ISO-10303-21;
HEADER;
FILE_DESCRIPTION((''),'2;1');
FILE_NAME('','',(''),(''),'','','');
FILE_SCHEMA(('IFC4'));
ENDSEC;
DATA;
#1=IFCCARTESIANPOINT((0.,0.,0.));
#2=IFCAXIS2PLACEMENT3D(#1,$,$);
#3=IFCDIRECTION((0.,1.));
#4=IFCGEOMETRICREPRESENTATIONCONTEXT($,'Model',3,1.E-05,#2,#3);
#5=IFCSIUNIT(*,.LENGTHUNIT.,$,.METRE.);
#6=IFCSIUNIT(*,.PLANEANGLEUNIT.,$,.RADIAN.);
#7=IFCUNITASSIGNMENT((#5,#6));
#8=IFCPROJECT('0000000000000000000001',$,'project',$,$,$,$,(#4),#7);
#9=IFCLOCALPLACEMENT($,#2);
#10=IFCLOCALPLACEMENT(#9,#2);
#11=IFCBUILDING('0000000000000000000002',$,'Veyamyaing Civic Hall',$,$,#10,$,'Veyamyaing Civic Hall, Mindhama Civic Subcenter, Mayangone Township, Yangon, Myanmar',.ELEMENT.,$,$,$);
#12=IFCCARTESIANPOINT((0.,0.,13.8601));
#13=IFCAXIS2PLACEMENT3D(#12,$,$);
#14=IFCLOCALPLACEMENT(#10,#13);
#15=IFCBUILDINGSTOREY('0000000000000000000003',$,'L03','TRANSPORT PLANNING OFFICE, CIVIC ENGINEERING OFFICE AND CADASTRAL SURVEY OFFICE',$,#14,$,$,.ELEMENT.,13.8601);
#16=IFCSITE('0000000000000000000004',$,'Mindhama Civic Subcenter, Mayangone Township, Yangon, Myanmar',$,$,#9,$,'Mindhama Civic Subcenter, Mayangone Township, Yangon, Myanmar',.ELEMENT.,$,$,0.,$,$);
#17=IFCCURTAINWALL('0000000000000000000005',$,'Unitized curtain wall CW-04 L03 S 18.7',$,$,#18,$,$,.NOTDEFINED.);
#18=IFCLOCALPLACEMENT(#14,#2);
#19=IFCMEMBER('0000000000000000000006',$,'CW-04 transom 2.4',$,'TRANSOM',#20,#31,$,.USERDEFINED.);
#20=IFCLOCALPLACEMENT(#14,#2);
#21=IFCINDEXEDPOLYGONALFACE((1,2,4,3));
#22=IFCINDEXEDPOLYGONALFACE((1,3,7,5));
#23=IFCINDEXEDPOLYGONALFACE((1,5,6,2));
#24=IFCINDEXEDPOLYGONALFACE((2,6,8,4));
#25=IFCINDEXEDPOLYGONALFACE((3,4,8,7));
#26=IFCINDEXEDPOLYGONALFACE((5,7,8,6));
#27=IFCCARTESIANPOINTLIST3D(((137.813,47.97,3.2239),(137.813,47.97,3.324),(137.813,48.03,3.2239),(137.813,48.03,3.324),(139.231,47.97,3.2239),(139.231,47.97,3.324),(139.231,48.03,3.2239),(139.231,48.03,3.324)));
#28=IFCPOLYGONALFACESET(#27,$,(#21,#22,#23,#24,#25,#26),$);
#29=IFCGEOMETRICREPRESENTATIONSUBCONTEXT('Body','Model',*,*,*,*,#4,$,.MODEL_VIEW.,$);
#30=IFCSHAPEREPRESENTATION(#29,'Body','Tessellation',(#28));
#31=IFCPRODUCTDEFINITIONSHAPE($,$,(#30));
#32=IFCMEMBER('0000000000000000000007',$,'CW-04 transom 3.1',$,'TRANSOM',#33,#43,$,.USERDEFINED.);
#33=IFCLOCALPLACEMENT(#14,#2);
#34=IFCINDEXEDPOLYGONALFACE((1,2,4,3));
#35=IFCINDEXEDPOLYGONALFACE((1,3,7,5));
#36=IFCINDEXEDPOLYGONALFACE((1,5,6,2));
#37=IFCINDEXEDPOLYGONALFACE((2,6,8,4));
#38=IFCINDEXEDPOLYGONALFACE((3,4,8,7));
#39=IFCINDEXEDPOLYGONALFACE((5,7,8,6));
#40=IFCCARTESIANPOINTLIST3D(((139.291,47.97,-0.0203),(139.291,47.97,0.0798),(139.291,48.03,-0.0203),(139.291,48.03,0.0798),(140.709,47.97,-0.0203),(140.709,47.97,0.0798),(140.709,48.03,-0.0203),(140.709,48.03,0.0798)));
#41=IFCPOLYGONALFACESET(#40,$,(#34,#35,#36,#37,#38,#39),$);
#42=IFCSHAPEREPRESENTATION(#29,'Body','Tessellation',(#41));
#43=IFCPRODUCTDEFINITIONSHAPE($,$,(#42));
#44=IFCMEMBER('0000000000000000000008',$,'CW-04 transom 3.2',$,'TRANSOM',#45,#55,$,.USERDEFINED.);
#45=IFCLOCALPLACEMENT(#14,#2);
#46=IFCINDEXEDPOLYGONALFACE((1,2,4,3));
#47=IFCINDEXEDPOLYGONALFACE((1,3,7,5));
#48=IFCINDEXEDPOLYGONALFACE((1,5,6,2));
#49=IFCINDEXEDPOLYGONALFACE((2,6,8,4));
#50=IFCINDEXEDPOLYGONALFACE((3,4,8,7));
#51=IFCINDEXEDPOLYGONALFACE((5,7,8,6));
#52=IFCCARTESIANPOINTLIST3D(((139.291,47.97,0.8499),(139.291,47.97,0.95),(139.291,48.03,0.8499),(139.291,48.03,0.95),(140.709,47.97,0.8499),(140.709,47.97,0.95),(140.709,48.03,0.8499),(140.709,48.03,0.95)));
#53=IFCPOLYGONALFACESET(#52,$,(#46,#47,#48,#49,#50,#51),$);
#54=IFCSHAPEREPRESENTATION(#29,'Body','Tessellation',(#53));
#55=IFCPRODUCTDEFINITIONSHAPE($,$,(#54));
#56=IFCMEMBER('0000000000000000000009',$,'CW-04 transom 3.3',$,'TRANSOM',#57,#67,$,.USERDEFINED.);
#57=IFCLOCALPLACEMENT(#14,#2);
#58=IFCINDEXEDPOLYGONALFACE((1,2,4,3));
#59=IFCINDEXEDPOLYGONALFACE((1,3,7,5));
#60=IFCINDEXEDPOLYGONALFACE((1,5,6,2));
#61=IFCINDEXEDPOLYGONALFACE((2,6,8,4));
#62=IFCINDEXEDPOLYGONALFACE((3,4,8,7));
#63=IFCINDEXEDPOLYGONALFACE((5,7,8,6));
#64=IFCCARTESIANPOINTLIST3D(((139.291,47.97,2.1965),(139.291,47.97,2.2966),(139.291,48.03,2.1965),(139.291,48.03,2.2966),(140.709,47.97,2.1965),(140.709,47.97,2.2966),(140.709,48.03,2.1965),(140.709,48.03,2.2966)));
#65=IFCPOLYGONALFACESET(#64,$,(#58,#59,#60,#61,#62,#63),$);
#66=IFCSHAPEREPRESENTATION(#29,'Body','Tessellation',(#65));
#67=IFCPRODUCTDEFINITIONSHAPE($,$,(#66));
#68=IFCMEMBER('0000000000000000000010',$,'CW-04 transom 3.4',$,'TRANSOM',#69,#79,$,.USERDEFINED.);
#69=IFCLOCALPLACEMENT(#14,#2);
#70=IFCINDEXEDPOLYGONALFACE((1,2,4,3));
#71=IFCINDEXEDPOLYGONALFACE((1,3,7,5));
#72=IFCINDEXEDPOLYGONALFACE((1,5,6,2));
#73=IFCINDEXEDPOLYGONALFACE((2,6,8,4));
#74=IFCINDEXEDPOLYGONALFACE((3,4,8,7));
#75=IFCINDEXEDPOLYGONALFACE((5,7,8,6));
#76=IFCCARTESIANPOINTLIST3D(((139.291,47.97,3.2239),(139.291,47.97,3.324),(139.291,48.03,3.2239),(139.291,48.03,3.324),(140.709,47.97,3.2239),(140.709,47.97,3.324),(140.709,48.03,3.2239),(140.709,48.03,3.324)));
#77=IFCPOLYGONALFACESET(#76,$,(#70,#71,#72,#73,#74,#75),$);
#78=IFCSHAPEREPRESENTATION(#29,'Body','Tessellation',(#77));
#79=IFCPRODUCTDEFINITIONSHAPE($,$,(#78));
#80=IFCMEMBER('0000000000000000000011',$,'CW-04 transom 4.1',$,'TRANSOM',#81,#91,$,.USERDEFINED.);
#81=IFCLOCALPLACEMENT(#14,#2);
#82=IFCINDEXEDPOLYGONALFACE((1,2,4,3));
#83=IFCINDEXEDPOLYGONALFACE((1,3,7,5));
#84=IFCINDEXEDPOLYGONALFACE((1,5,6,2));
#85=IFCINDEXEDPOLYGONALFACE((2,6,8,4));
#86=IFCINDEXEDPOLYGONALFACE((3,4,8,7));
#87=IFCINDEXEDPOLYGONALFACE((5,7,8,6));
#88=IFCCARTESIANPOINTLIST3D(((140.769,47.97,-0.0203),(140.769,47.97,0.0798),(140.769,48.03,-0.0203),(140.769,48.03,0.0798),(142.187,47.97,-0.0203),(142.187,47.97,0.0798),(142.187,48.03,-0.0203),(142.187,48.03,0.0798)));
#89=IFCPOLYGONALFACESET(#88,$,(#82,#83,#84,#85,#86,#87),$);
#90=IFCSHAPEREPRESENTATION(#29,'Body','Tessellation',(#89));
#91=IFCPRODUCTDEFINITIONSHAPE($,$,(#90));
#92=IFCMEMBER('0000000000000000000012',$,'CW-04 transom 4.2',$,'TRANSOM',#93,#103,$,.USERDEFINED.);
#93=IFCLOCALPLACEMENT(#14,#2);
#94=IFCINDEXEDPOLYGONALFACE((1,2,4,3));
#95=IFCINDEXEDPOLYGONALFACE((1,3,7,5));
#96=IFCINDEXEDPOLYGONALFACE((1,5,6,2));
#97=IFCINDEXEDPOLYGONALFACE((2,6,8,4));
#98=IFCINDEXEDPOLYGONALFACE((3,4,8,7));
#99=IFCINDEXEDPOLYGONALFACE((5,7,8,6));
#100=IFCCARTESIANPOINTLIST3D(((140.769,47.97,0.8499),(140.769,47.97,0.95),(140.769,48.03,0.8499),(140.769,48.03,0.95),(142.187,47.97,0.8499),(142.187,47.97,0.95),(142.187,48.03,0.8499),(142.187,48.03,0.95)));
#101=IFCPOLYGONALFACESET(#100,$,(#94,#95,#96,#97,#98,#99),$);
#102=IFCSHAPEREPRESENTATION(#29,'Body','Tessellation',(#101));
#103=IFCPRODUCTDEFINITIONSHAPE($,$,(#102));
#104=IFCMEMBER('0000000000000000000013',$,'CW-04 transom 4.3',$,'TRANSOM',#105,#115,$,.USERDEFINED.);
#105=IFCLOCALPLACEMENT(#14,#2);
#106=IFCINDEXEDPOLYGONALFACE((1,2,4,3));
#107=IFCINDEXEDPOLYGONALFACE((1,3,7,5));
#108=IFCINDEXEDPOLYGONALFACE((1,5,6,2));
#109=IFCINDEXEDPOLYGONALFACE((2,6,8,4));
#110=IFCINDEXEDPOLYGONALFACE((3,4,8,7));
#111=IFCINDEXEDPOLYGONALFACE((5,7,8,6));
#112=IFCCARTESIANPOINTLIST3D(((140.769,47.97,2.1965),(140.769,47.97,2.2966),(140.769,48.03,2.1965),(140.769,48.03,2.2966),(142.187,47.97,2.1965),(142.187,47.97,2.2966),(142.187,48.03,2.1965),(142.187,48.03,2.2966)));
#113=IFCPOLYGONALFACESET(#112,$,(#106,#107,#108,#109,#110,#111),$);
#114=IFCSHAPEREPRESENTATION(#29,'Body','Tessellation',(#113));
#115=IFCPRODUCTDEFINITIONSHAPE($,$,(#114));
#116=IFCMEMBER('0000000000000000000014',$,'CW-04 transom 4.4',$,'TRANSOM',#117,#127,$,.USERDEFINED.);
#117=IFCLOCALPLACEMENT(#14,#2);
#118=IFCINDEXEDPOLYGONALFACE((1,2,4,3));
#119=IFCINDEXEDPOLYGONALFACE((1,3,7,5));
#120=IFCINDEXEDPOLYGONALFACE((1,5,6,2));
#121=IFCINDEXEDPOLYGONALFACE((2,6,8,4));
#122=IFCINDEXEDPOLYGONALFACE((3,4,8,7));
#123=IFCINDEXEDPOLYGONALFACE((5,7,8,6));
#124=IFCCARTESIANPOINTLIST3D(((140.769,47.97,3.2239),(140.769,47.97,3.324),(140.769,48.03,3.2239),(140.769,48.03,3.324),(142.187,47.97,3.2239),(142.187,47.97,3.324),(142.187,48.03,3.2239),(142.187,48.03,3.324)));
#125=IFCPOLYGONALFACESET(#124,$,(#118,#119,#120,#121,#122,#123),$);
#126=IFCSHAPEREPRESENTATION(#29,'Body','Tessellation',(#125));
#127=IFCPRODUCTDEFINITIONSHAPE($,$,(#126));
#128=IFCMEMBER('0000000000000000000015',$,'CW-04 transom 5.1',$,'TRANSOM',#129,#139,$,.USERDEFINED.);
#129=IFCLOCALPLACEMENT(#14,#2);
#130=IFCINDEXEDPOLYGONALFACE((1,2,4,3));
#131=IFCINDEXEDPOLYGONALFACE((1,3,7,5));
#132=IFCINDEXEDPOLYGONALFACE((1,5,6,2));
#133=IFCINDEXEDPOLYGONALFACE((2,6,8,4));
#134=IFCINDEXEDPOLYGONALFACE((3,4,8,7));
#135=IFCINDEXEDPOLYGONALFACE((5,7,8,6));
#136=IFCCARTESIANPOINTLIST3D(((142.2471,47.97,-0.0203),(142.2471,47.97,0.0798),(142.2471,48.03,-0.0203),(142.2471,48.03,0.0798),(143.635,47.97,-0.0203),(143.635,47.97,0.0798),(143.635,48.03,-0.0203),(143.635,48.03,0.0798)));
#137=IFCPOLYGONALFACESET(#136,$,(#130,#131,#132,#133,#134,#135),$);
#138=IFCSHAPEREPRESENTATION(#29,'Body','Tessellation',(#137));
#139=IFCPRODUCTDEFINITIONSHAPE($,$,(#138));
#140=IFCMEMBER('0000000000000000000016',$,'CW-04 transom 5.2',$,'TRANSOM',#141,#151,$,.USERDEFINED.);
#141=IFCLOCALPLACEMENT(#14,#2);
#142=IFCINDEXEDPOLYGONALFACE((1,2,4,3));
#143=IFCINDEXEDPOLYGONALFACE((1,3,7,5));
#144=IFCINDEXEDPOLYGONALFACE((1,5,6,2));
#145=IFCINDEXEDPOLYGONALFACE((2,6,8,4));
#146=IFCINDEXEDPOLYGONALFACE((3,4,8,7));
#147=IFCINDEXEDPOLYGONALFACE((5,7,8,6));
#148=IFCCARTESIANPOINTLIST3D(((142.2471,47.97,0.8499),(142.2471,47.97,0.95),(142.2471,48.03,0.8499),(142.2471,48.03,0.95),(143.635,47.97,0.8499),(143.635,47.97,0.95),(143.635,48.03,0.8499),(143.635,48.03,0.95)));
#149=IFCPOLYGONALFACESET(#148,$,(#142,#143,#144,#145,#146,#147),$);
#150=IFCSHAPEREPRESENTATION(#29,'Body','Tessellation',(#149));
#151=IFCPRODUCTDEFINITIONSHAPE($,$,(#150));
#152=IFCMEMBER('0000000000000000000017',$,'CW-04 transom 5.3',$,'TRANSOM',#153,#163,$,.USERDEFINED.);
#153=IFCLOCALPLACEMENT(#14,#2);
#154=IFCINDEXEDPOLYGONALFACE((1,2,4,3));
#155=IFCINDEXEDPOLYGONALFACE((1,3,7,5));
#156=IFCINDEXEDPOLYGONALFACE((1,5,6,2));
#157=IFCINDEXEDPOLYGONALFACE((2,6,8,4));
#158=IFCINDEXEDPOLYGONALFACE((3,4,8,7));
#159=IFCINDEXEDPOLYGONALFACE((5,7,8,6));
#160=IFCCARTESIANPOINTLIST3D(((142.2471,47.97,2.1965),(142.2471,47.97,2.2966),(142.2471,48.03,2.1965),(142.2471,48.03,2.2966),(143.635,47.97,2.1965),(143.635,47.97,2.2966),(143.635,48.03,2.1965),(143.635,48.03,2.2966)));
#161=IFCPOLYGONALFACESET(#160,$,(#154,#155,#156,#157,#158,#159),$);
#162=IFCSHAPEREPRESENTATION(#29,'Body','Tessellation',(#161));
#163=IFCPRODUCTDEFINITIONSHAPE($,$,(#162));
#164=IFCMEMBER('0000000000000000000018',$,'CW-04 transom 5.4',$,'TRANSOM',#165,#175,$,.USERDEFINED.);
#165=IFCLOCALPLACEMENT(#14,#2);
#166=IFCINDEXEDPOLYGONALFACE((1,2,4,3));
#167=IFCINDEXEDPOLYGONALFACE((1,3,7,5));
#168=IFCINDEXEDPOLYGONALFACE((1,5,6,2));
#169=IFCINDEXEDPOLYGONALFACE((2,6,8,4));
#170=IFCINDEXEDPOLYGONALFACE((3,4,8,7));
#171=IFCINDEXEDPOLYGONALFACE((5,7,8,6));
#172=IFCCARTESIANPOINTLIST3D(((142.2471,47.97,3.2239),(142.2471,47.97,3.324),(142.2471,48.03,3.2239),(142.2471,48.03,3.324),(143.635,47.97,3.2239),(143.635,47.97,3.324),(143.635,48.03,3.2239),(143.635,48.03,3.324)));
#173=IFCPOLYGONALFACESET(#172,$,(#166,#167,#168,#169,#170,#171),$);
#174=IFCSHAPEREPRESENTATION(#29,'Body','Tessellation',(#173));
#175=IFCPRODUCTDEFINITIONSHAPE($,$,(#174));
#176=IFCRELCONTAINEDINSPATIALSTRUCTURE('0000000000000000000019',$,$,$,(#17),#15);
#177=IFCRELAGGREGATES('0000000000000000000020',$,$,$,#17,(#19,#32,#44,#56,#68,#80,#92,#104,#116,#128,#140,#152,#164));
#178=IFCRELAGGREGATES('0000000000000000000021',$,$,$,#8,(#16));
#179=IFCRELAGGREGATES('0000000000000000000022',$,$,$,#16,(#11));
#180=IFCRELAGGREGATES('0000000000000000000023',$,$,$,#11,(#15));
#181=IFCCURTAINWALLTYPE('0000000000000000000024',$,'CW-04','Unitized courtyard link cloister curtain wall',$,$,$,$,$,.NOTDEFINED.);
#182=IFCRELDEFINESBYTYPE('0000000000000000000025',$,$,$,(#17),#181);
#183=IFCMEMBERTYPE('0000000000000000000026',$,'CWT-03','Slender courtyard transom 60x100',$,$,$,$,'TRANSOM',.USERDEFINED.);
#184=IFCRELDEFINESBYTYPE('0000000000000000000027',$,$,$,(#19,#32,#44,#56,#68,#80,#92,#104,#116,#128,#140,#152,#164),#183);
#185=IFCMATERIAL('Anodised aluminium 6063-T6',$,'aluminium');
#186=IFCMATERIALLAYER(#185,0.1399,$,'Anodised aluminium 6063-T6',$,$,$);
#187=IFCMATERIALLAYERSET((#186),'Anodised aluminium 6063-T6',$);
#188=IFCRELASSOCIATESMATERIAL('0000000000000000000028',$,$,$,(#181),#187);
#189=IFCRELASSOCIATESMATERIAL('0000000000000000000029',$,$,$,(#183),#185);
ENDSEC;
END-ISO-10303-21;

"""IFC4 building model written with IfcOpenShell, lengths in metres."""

from ifc_helpers import new_model, si_unit, direction, frame, origin, origin_2d, place, context, subcontext, project, spatial, rectangle, extrude, material, layer, layer_set, material_profile, profile_set, type_object, element, aggregate, save


model = new_model("IFC4")

# Units and contexts
model_context = context("Model", 3, precision=1e-05, world=origin(), true_north=direction((0.0, 1.0)))
body_context = subcontext(model_context, "Body", "Model", "MODEL_VIEW")
ifc_project = project(units=[si_unit("LENGTHUNIT", "METRE"), si_unit("PLANEANGLEUNIT", "RADIAN")], contexts=[model_context])

# Site, building, storey
site_placement = place(None, origin())
site = spatial("IfcSite", under=ifc_project, at=site_placement, Name="Mindhama Civic Subcenter, Mayangone Township, Yangon, Myanmar", LongName="Mindhama Civic Subcenter, Mayangone Township, Yangon, Myanmar", CompositionType="ELEMENT", RefElevation=0.0)
building_placement = place(site_placement, origin())
building = spatial("IfcBuilding", under=site, at=building_placement, Name="Veyamyaing Civic Hall", LongName="Veyamyaing Civic Hall, Mindhama Civic Subcenter, Mayangone Township, Yangon, Myanmar", CompositionType="ELEMENT")
storey_placement = place(building_placement, frame((0.0, 0.0, 13.8601)))
storey = spatial("IfcBuildingStorey", under=building, at=storey_placement, Name="L03", Description="TRANSPORT PLANNING OFFICE, CIVIC ENGINEERING OFFICE AND CADASTRAL SURVEY OFFICE", CompositionType="ELEMENT", Elevation=13.8601)

# Curtain wall, members
ifc_material_1 = material(Name="Anodised aluminium 6063-T6", Category="aluminium")
ifc_layer_1 = layer(ifc_material_1, 0.1399, Name="Anodised aluminium 6063-T6")
ifc_layer_set_1 = layer_set([ifc_layer_1], Name="Anodised aluminium 6063-T6")
curtain_wall_type = type_object("IfcCurtainWallType", Name="CW-04", Description="Unitized courtyard link cloister curtain wall", PredefinedType="NOTDEFINED", material=ifc_layer_set_1)
curtain_wall_placement = place(storey_placement, origin())
curtain_wall = element("IfcCurtainWall", 1, at=curtain_wall_placement, inside=storey, type_object=curtain_wall_type, Name="Unitized curtain wall CW-04 L03 S 18.7", PredefinedType="NOTDEFINED")
ifc_material_profile_1 = material_profile(ifc_material_1, rectangle(XDim=0.0601, YDim=0.1001, at=origin_2d()), Name="ALU-TRN-60X100")
ifc_profile_set_1 = profile_set([ifc_material_profile_1], Name="Anodised aluminium 6063-T6")
member_type_1 = type_object("IfcMemberType", Name="CWT-03", Description="Slender courtyard transom 60x100", ElementType="TRANSOM", PredefinedType="USERDEFINED", material=ifc_profile_set_1)
member_1_placement = place(storey_placement, frame((137.813, 48.0, 3.2739), z_axis=(1.0, 0.0, 0.0), x_axis=(0.0, 1.0, 0.0)))
member_1 = element("IfcMember", 2, at=member_1_placement, type_object=member_type_1, Name="CW-04 transom 2.4", ObjectType="TRANSOM", PredefinedType="USERDEFINED", context=body_context, shape_type="SweptSolid", body=[
    extrude(rectangle(XDim=0.0601, YDim=0.1001, at=origin_2d()), origin(), (0.0, 0.0, 1.0), 1.418),
])
member_2_placement = place(storey_placement, frame((139.291, 48.0, 0.0298), z_axis=(1.0, 0.0, 0.0), x_axis=(0.0, 1.0, 0.0)))
member_2 = element("IfcMember", 3, at=member_2_placement, type_object=member_type_1, Name="CW-04 transom 3.1", ObjectType="TRANSOM", PredefinedType="USERDEFINED", context=body_context, shape_type="SweptSolid", body=[
    extrude(rectangle(XDim=0.0601, YDim=0.1001, at=origin_2d()), origin(), (0.0, 0.0, 1.0), 1.418),
])
member_3_placement = place(storey_placement, frame((139.291, 48.0, 0.8999), z_axis=(1.0, 0.0, 0.0), x_axis=(0.0, 1.0, 0.0)))
member_3 = element("IfcMember", 4, at=member_3_placement, type_object=member_type_1, Name="CW-04 transom 3.2", ObjectType="TRANSOM", PredefinedType="USERDEFINED", context=body_context, shape_type="SweptSolid", body=[
    extrude(rectangle(XDim=0.0601, YDim=0.1001, at=origin_2d()), origin(), (0.0, 0.0, 1.0), 1.418),
])
member_4_placement = place(storey_placement, frame((139.291, 48.0, 2.2466), z_axis=(1.0, 0.0, 0.0), x_axis=(0.0, 1.0, 0.0)))
member_4 = element("IfcMember", 5, at=member_4_placement, type_object=member_type_1, Name="CW-04 transom 3.3", ObjectType="TRANSOM", PredefinedType="USERDEFINED", context=body_context, shape_type="SweptSolid", body=[
    extrude(rectangle(XDim=0.0601, YDim=0.1001, at=origin_2d()), origin(), (0.0, 0.0, 1.0), 1.418),
])
member_5_placement = place(storey_placement, frame((139.291, 48.0, 3.2739), z_axis=(1.0, 0.0, 0.0), x_axis=(0.0, 1.0, 0.0)))
member_5 = element("IfcMember", 6, at=member_5_placement, type_object=member_type_1, Name="CW-04 transom 3.4", ObjectType="TRANSOM", PredefinedType="USERDEFINED", context=body_context, shape_type="SweptSolid", body=[
    extrude(rectangle(XDim=0.0601, YDim=0.1001, at=origin_2d()), origin(), (0.0, 0.0, 1.0), 1.418),
])
member_6_placement = place(storey_placement, frame((140.769, 48.0, 0.0298), z_axis=(1.0, 0.0, 0.0), x_axis=(0.0, 1.0, 0.0)))
member_6 = element("IfcMember", 7, at=member_6_placement, type_object=member_type_1, Name="CW-04 transom 4.1", ObjectType="TRANSOM", PredefinedType="USERDEFINED", context=body_context, shape_type="SweptSolid", body=[
    extrude(rectangle(XDim=0.0601, YDim=0.1001, at=origin_2d()), origin(), (0.0, 0.0, 1.0), 1.418),
])
member_7_placement = place(storey_placement, frame((140.769, 48.0, 0.8999), z_axis=(1.0, 0.0, 0.0), x_axis=(0.0, 1.0, 0.0)))
member_7 = element("IfcMember", 8, at=member_7_placement, type_object=member_type_1, Name="CW-04 transom 4.2", ObjectType="TRANSOM", PredefinedType="USERDEFINED", context=body_context, shape_type="SweptSolid", body=[
    extrude(rectangle(XDim=0.0601, YDim=0.1001, at=origin_2d()), origin(), (0.0, 0.0, 1.0), 1.418),
])
member_8_placement = place(storey_placement, frame((140.769, 48.0, 2.2466), z_axis=(1.0, 0.0, 0.0), x_axis=(0.0, 1.0, 0.0)))
member_8 = element("IfcMember", 9, at=member_8_placement, type_object=member_type_1, Name="CW-04 transom 4.3", ObjectType="TRANSOM", PredefinedType="USERDEFINED", context=body_context, shape_type="SweptSolid", body=[
    extrude(rectangle(XDim=0.0601, YDim=0.1001, at=origin_2d()), origin(), (0.0, 0.0, 1.0), 1.418),
])
member_9_placement = place(storey_placement, frame((140.769, 48.0, 3.2739), z_axis=(1.0, 0.0, 0.0), x_axis=(0.0, 1.0, 0.0)))
member_9 = element("IfcMember", 10, at=member_9_placement, type_object=member_type_1, Name="CW-04 transom 4.4", ObjectType="TRANSOM", PredefinedType="USERDEFINED", context=body_context, shape_type="SweptSolid", body=[
    extrude(rectangle(XDim=0.0601, YDim=0.1001, at=origin_2d()), origin(), (0.0, 0.0, 1.0), 1.418),
])
member_10_placement = place(storey_placement, frame((142.2471, 48.0, 0.0298), z_axis=(1.0, 0.0, 0.0), x_axis=(0.0, 1.0, 0.0)))
member_10 = element("IfcMember", 11, at=member_10_placement, type_object=member_type_1, Name="CW-04 transom 5.1", ObjectType="TRANSOM", PredefinedType="USERDEFINED", context=body_context, shape_type="SweptSolid", body=[
    extrude(rectangle(XDim=0.0601, YDim=0.1001, at=origin_2d()), origin(), (0.0, 0.0, 1.0), 1.3879),
])
member_11_placement = place(storey_placement, frame((142.2471, 48.0, 0.8999), z_axis=(1.0, 0.0, 0.0), x_axis=(0.0, 1.0, 0.0)))
member_11 = element("IfcMember", 12, at=member_11_placement, type_object=member_type_1, Name="CW-04 transom 5.2", ObjectType="TRANSOM", PredefinedType="USERDEFINED", context=body_context, shape_type="SweptSolid", body=[
    extrude(rectangle(XDim=0.0601, YDim=0.1001, at=origin_2d()), origin(), (0.0, 0.0, 1.0), 1.3879),
])
member_12_placement = place(storey_placement, frame((142.2471, 48.0, 2.2466), z_axis=(1.0, 0.0, 0.0), x_axis=(0.0, 1.0, 0.0)))
member_12 = element("IfcMember", 13, at=member_12_placement, type_object=member_type_1, Name="CW-04 transom 5.3", ObjectType="TRANSOM", PredefinedType="USERDEFINED", context=body_context, shape_type="SweptSolid", body=[
    extrude(rectangle(XDim=0.0601, YDim=0.1001, at=origin_2d()), origin(), (0.0, 0.0, 1.0), 1.3879),
])
member_13_placement = place(storey_placement, frame((142.2471, 48.0, 3.2739), z_axis=(1.0, 0.0, 0.0), x_axis=(0.0, 1.0, 0.0)))
member_13 = element("IfcMember", 14, at=member_13_placement, type_object=member_type_1, Name="CW-04 transom 5.4", ObjectType="TRANSOM", PredefinedType="USERDEFINED", context=body_context, shape_type="SweptSolid", body=[
    extrude(rectangle(XDim=0.0601, YDim=0.1001, at=origin_2d()), origin(), (0.0, 0.0, 1.0), 1.3879),
])

aggregate(curtain_wall, [member_1, member_2, member_3, member_4, member_5, member_6, member_7, member_8, member_9, member_10, member_11, member_12, member_13])

save(model, "model.ifc")
